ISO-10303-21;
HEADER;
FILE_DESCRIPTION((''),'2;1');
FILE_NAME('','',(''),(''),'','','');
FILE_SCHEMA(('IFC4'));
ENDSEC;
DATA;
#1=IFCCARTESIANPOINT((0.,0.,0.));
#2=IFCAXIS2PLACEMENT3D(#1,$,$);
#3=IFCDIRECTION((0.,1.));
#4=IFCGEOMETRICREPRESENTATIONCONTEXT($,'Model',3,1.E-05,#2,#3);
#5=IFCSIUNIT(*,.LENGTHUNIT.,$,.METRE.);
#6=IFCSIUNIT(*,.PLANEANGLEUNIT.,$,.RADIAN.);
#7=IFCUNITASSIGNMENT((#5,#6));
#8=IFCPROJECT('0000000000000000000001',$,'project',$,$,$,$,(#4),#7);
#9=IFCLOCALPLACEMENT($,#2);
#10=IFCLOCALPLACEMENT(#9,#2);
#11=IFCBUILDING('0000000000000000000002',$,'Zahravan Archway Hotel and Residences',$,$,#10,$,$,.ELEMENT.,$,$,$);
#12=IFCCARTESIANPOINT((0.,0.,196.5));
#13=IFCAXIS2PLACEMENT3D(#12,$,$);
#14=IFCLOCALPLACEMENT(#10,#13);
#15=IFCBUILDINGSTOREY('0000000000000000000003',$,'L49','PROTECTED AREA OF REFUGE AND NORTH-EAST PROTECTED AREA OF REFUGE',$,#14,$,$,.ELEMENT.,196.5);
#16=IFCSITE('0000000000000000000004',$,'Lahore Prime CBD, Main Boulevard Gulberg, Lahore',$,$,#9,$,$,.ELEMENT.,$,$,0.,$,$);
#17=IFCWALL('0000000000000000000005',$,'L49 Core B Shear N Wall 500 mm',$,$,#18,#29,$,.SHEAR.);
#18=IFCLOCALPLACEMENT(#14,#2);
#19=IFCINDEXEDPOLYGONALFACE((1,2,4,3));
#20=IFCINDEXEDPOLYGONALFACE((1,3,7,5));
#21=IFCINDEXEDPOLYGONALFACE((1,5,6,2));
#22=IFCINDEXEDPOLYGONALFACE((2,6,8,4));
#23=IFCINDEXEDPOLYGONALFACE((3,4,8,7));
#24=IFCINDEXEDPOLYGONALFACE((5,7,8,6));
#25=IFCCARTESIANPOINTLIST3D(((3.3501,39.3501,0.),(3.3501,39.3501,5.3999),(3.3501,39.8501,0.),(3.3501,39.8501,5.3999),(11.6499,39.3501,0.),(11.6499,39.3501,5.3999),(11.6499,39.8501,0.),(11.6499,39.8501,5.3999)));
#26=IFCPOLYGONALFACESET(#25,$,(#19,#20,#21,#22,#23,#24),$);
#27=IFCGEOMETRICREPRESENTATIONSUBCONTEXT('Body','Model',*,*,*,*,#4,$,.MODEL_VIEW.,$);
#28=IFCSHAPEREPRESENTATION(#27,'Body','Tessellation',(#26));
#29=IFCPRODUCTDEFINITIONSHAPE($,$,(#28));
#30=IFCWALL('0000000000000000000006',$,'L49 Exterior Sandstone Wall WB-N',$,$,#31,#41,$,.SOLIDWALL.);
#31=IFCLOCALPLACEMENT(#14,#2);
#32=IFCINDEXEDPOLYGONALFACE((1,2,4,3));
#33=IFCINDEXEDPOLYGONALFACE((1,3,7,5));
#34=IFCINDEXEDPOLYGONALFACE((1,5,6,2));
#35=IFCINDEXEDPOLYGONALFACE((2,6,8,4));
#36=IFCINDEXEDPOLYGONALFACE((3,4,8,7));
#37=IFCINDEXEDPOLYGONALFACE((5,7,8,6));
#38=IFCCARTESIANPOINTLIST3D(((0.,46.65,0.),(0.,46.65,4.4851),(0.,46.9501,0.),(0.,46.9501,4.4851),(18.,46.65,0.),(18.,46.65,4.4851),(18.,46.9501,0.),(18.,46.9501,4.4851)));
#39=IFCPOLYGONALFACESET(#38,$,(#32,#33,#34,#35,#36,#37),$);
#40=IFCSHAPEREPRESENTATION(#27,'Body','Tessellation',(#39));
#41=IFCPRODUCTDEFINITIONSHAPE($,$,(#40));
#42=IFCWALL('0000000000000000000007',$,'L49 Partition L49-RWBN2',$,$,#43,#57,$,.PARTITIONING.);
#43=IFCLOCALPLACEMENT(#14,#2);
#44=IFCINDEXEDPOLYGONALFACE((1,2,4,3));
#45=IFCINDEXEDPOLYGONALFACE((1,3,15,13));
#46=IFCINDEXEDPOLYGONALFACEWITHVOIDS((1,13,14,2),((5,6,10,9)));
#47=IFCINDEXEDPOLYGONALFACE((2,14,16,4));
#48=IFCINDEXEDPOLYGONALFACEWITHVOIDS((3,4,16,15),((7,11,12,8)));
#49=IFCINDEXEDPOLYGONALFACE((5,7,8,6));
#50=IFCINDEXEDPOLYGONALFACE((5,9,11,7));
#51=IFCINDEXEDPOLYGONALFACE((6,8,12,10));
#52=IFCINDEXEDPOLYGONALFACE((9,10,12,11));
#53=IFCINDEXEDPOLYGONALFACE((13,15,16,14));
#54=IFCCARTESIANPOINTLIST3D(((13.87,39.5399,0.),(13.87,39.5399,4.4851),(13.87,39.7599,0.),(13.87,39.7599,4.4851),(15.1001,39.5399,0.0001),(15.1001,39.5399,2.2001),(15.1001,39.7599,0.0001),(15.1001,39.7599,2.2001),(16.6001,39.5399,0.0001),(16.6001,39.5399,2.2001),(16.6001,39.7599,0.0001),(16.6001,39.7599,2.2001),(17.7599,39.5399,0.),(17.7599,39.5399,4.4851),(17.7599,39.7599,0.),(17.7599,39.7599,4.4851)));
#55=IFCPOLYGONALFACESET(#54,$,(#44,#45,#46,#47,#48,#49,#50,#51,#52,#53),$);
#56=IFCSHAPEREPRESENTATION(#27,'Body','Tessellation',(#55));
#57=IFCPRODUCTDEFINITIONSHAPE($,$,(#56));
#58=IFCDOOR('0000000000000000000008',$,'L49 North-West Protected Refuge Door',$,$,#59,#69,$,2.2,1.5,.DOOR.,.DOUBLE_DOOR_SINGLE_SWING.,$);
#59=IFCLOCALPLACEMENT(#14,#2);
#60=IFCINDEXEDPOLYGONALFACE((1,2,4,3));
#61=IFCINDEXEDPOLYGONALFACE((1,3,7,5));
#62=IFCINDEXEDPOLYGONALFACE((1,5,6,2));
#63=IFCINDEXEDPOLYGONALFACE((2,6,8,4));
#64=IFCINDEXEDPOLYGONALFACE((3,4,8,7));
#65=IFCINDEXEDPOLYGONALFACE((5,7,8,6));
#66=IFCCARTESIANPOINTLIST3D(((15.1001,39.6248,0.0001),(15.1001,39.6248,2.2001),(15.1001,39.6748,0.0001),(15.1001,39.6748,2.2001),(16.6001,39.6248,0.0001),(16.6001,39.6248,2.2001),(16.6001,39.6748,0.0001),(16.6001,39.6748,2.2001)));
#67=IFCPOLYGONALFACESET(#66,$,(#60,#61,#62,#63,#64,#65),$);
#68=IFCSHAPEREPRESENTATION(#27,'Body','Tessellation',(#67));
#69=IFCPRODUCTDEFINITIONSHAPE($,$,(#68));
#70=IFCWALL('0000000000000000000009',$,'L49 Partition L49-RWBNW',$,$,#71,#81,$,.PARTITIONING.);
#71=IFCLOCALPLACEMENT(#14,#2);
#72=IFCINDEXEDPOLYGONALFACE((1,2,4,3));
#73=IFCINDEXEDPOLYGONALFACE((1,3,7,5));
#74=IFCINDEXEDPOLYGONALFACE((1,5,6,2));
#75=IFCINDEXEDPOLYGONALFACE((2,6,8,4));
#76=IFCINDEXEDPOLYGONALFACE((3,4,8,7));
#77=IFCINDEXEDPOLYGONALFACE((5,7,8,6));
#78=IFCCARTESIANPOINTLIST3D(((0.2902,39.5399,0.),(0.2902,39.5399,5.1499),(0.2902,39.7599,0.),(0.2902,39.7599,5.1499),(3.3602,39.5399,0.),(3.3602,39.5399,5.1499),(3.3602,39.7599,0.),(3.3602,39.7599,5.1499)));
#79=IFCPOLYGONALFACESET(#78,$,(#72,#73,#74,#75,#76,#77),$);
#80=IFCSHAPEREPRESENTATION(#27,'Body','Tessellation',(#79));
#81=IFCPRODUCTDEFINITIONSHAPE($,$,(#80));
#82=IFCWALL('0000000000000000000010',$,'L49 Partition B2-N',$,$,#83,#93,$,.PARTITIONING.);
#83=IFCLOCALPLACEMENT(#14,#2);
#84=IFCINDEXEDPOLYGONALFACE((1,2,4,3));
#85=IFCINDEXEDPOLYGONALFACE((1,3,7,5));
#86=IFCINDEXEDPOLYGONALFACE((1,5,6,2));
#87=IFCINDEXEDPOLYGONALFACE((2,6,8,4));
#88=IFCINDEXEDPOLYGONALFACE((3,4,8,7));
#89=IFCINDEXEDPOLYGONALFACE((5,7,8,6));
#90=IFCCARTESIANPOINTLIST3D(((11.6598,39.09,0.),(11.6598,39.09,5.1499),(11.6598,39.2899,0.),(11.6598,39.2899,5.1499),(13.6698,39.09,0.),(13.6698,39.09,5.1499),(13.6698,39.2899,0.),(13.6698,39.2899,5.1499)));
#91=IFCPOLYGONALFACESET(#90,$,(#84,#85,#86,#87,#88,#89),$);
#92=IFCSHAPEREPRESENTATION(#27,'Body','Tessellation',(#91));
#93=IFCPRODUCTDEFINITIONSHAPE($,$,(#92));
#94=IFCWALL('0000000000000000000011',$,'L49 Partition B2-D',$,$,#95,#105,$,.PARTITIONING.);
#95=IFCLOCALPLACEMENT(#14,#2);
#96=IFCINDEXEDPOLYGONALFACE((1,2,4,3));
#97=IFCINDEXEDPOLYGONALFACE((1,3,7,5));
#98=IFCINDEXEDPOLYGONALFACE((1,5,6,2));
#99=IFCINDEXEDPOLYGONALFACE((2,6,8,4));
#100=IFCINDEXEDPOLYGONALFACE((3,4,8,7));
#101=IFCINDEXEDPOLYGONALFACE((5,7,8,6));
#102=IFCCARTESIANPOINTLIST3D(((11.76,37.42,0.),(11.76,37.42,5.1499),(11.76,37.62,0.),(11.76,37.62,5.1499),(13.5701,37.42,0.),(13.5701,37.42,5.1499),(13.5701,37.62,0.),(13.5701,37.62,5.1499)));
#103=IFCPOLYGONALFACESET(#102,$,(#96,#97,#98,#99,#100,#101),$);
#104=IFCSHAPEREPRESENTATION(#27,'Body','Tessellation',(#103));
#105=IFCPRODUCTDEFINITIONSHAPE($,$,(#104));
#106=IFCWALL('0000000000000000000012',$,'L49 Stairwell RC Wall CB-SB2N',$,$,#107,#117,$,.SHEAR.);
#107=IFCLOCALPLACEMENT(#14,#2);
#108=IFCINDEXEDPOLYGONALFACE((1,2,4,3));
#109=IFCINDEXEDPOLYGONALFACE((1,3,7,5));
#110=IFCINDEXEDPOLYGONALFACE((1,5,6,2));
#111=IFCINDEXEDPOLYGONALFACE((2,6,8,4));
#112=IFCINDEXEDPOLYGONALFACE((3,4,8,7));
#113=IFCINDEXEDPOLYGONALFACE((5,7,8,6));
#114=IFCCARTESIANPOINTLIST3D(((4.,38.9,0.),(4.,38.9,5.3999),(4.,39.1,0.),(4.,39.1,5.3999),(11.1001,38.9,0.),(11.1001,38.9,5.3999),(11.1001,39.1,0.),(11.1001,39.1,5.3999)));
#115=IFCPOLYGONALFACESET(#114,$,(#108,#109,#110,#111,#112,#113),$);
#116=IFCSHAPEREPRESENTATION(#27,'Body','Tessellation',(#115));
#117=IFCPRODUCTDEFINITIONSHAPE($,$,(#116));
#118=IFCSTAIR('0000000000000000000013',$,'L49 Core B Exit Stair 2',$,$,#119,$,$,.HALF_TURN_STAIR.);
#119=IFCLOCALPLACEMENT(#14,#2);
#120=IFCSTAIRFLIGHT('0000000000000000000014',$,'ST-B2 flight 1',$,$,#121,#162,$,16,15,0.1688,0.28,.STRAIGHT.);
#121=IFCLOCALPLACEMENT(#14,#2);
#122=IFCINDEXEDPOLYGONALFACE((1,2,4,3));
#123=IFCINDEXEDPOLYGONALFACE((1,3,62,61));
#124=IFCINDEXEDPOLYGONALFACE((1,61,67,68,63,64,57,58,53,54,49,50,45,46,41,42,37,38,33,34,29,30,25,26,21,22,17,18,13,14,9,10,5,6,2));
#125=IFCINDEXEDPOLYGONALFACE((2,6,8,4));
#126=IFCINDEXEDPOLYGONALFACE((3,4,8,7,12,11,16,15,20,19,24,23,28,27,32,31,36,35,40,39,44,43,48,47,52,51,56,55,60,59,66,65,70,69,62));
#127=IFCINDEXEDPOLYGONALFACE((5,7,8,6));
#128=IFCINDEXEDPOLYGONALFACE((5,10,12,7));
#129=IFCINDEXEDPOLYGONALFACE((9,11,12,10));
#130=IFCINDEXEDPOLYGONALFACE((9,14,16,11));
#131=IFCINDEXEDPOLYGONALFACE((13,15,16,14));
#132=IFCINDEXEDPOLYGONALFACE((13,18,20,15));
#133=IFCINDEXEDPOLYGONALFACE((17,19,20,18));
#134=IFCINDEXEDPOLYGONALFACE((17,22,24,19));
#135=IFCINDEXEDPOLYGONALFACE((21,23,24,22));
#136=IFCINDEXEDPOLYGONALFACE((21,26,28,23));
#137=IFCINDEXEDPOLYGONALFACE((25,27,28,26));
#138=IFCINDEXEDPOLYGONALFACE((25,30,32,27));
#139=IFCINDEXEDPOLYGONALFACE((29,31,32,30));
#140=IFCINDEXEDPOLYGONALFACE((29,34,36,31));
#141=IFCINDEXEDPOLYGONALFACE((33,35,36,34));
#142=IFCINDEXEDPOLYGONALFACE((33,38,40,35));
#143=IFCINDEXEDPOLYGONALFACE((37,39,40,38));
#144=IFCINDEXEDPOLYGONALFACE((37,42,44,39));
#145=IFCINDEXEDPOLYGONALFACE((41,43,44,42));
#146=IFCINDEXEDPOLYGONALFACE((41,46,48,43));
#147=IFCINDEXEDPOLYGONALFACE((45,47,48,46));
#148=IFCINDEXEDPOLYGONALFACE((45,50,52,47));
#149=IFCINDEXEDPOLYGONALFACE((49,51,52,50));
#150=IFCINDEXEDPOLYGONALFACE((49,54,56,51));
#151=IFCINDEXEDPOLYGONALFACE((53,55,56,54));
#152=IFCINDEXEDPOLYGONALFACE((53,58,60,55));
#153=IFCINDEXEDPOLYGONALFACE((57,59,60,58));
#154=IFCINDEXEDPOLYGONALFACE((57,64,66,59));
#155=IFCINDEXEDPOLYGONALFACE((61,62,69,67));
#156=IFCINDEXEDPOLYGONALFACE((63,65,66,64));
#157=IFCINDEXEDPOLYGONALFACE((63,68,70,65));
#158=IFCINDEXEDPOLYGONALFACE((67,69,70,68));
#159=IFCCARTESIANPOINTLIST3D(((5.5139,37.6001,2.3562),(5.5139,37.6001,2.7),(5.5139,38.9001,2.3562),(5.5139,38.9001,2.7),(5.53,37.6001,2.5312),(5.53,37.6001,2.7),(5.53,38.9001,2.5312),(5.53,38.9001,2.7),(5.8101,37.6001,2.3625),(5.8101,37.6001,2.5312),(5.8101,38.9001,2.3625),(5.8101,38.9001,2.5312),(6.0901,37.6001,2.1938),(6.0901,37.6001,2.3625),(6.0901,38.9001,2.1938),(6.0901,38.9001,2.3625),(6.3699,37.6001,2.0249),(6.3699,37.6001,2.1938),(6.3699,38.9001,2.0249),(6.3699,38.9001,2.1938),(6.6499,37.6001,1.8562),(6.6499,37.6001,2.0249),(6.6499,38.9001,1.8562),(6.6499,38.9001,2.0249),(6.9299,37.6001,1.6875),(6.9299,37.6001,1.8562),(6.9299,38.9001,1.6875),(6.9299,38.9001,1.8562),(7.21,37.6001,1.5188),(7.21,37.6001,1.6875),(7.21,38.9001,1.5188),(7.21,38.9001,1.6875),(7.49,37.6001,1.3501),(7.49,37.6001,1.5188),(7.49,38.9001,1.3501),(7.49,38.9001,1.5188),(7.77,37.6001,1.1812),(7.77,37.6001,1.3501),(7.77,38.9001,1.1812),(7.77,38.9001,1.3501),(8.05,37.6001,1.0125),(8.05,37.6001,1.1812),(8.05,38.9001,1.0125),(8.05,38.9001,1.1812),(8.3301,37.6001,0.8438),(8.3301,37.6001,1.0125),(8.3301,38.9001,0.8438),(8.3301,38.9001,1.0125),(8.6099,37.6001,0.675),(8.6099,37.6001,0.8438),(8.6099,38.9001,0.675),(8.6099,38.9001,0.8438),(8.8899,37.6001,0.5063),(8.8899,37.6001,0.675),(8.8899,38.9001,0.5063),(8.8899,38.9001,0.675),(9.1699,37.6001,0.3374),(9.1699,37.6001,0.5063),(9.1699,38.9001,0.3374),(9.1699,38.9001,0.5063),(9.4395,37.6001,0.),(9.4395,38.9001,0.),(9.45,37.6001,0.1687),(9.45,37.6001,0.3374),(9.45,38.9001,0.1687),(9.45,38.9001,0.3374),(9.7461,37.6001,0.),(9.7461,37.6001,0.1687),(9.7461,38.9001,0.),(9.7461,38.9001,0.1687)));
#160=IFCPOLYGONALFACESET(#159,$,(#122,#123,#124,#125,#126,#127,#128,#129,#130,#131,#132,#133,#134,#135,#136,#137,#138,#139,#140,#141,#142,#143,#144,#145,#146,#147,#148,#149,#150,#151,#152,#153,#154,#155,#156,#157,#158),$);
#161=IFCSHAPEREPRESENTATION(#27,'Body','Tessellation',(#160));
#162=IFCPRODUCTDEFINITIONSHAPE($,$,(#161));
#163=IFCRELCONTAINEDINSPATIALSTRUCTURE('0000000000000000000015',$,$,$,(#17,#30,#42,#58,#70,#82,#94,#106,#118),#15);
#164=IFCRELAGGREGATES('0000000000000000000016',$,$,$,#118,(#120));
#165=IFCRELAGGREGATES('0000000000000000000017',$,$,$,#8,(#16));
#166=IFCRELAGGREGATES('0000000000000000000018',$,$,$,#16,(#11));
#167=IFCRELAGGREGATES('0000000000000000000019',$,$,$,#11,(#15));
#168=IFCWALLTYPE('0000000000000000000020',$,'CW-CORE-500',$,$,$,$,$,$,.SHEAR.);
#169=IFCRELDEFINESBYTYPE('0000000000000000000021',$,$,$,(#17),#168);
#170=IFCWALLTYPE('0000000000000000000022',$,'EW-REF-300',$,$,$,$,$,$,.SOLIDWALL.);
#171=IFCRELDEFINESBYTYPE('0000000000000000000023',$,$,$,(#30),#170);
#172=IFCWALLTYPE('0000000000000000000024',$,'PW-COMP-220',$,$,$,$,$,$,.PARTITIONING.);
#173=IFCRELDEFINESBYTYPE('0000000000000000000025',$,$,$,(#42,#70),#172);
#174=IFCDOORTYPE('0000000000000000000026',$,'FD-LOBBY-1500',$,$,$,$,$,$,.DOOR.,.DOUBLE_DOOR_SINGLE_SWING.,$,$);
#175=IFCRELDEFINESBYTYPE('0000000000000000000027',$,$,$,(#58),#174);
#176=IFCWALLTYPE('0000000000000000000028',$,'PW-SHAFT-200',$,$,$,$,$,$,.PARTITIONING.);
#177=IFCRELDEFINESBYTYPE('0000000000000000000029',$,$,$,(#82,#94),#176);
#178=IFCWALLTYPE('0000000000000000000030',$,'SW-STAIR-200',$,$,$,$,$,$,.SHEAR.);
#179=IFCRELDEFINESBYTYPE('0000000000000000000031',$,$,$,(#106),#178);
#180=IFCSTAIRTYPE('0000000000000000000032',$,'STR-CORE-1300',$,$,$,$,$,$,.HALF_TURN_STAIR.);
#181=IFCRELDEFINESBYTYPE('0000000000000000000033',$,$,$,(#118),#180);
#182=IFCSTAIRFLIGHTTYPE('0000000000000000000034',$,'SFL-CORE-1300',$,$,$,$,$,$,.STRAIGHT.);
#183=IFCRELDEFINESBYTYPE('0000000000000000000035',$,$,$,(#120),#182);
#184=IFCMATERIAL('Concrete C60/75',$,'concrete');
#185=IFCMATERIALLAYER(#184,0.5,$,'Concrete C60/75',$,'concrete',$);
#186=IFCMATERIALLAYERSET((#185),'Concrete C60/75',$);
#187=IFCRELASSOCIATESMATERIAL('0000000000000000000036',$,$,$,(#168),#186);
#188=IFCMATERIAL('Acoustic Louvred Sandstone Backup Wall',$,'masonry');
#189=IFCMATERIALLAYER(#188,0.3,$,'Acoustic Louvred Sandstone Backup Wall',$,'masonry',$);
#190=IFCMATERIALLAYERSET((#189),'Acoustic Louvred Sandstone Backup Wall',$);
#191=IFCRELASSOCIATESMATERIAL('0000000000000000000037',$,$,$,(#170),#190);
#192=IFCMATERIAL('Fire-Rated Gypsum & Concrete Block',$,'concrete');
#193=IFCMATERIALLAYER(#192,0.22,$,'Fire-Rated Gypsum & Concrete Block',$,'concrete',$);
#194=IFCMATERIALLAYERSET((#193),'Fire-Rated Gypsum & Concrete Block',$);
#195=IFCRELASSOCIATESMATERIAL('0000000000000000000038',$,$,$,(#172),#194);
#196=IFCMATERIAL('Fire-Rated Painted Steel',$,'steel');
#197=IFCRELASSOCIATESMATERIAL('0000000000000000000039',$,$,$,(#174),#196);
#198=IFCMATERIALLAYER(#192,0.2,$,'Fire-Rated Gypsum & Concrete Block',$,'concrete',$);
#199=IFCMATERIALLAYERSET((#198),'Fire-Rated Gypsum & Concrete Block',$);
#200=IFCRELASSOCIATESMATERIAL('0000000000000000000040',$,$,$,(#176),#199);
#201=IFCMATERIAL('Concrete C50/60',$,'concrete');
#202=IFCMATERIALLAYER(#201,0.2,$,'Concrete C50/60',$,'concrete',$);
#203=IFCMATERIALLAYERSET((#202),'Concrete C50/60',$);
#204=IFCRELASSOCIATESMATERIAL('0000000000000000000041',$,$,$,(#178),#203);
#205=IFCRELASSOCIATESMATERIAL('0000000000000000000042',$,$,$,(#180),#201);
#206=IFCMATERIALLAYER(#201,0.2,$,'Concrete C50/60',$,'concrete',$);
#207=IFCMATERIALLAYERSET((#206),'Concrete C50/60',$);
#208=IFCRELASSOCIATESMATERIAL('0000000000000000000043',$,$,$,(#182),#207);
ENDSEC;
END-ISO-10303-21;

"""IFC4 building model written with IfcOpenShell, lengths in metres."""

from ifc_helpers import new_model, si_unit, direction, frame, frame_2d, origin, place, context, subcontext, project, spatial, polyline, rectangle, outline, extrude, source, transform, mapped, material, layer, layer_set, type_object, type_shapes, element, fill, aggregate, save


model = new_model("IFC4")

# Units and contexts
model_context = context("Model", 3, precision=1e-05, world=origin(), true_north=direction((0.0, 1.0)))
body_context = subcontext(model_context, "Body", "Model", "MODEL_VIEW")
ifc_project = project(units=[si_unit("LENGTHUNIT", "METRE"), si_unit("PLANEANGLEUNIT", "RADIAN")], contexts=[model_context])

# Site, building, storey
site_placement = place(None, origin())
site = spatial("IfcSite", under=ifc_project, at=site_placement, Name="Lahore Prime CBD, Main Boulevard Gulberg, Lahore", CompositionType="ELEMENT", RefElevation=0.0)
building_placement = place(site_placement, origin())
building = spatial("IfcBuilding", under=site, at=building_placement, Name="Zahravan Archway Hotel and Residences", CompositionType="ELEMENT")
storey_placement = place(building_placement, frame((0.0, 0.0, 196.5)))
storey = spatial("IfcBuildingStorey", under=building, at=storey_placement, Name="L49", Description="PROTECTED AREA OF REFUGE AND NORTH-EAST PROTECTED AREA OF REFUGE", CompositionType="ELEMENT", Elevation=196.5)

# Shared definitions
ifc_material_1 = material(Name="Concrete C60/75", Category="concrete")

# Walls
ifc_layer_1 = layer(ifc_material_1, 0.5, Name="Concrete C60/75", Category="concrete")
ifc_layer_set_1 = layer_set([ifc_layer_1], Name="Concrete C60/75")
wall_type_1 = type_object("IfcWallType", Name="CW-CORE-500", PredefinedType="SHEAR", material=ifc_layer_set_1)
wall_1_placement = place(storey_placement, frame((3.3501, 39.6001, 0.0), z_axis=(0.0, 0.0, 1.0), x_axis=(1.0, 0.0, 0.0)))
element("IfcWall", 1, at=wall_1_placement, inside=storey, type_object=wall_type_1, Name="L49 Core B Shear N Wall 500 mm", PredefinedType="SHEAR", context=body_context, shape_type="SweptSolid", body=[
    extrude(rectangle(XDim=8.2998, YDim=0.5, at=frame_2d((4.1499, 0.0))), origin(), (0.0, 0.0, 1.0), 5.3999),
])
ifc_material_2 = material(Name="Acoustic Louvred Sandstone Backup Wall", Category="masonry")
ifc_layer_2 = layer(ifc_material_2, 0.3, Name="Acoustic Louvred Sandstone Backup Wall", Category="masonry")
ifc_layer_set_2 = layer_set([ifc_layer_2], Name="Acoustic Louvred Sandstone Backup Wall")
wall_type_2 = type_object("IfcWallType", Name="EW-REF-300", PredefinedType="SOLIDWALL", material=ifc_layer_set_2)
wall_2_placement = place(storey_placement, frame((0.0, 46.8, 0.0), z_axis=(0.0, 0.0, 1.0), x_axis=(1.0, 0.0, 0.0)))
element("IfcWall", 2, at=wall_2_placement, inside=storey, type_object=wall_type_2, Name="L49 Exterior Sandstone Wall WB-N", PredefinedType="SOLIDWALL", context=body_context, shape_type="SweptSolid", body=[
    extrude(rectangle(XDim=18.0, YDim=0.3, at=frame_2d((9.0, 0.0))), origin(), (0.0, 0.0, 1.0), 4.4851),
])

# Wall, opening, door
ifc_material_3 = material(Name="Fire-Rated Gypsum & Concrete Block", Category="concrete")
ifc_layer_3 = layer(ifc_material_3, 0.22, Name="Fire-Rated Gypsum & Concrete Block", Category="concrete")
ifc_layer_set_3 = layer_set([ifc_layer_3], Name="Fire-Rated Gypsum & Concrete Block")
wall_type_3 = type_object("IfcWallType", Name="PW-COMP-220", PredefinedType="PARTITIONING", material=ifc_layer_set_3)
wall_3_placement = place(storey_placement, frame((13.8701, 39.6499, 0.0), z_axis=(0.0, 0.0, 1.0), x_axis=(1.0, 0.0, 0.0)))
wall_3 = element("IfcWall", 3, at=wall_3_placement, inside=storey, type_object=wall_type_3, Name="L49 Partition L49-RWBN2", PredefinedType="PARTITIONING", context=body_context, shape_type="SweptSolid", body=[
    extrude(rectangle(XDim=3.8899, YDim=0.22, at=frame_2d((1.9448, 0.0))), origin(), (0.0, 0.0, 1.0), 4.4851),
])
opening_placement = place(wall_3_placement, frame((1.23, 0.0, 0.0)))
opening = element("IfcOpeningElement", 4, at=opening_placement, cuts=wall_3, PredefinedType="OPENING", context=body_context, shape_type="SweptSolid", body=[
    extrude(rectangle(XDim=1.5, YDim=2.2, at=frame_2d((0.75, 1.1001))), frame((0.0, 0.1201, 0.0), z_axis=(0.0, -1.0, 0.0), x_axis=(1.0, 0.0, 0.0)), (0.0, 0.0, 1.0), 0.24),
])
ifc_material_4 = material(Name="Fire-Rated Painted Steel", Category="steel")
door_type = type_object("IfcDoorType", Name="FD-LOBBY-1500", OperationType="DOUBLE_DOOR_SINGLE_SWING", PredefinedType="DOOR", material=ifc_material_4)
shared_shape_1 = source(origin(), body_context, "Body", "SweptSolid", [
    extrude(rectangle(XDim=1.5, YDim=2.2, at=frame_2d((0.75, 1.1001))), frame((0.0, 0.0249, 0.0), z_axis=(0.0, -1.0, 0.0), x_axis=(1.0, 0.0, 0.0)), (0.0, 0.0, 1.0), 0.05),
])
type_shapes(door_type, [shared_shape_1])
door_placement = place(opening_placement, origin())
door = element("IfcDoor", 5, at=door_placement, inside=storey, type_object=door_type, Name="L49 North-West Protected Refuge Door", OperationType="DOUBLE_DOOR_SINGLE_SWING", OverallHeight=2.2, OverallWidth=1.5, PredefinedType="DOOR", context=body_context, shape_type="MappedRepresentation", body=[
    mapped(shared_shape_1, transform((0.0, 0.0, 0.0), scale=1.0)),
])
fill(opening, door)

# Walls
wall_4_placement = place(storey_placement, frame((0.29, 39.6499, 0.0), z_axis=(0.0, 0.0, 1.0), x_axis=(1.0, 0.0, 0.0)))
element("IfcWall", 6, at=wall_4_placement, inside=storey, type_object=wall_type_3, Name="L49 Partition L49-RWBNW", PredefinedType="PARTITIONING", context=body_context, shape_type="SweptSolid", body=[
    extrude(rectangle(XDim=3.0701, YDim=0.22, at=frame_2d((1.5352, 0.0))), origin(), (0.0, 0.0, 1.0), 5.1499),
])
ifc_layer_4 = layer(ifc_material_3, 0.2, Name="Fire-Rated Gypsum & Concrete Block", Category="concrete")
ifc_layer_set_4 = layer_set([ifc_layer_4], Name="Fire-Rated Gypsum & Concrete Block")
wall_type_4 = type_object("IfcWallType", Name="PW-SHAFT-200", PredefinedType="PARTITIONING", material=ifc_layer_set_4)
wall_5_placement = place(storey_placement, frame((11.6599, 39.1899, 0.0), z_axis=(0.0, 0.0, 1.0), x_axis=(1.0, 0.0, 0.0)))
element("IfcWall", 7, at=wall_5_placement, inside=storey, type_object=wall_type_4, Name="L49 Partition B2-N", PredefinedType="PARTITIONING", context=body_context, shape_type="SweptSolid", body=[
    extrude(rectangle(XDim=2.01, YDim=0.2, at=frame_2d((1.0049, 0.0))), origin(), (0.0, 0.0, 1.0), 5.1499),
])
wall_6_placement = place(storey_placement, frame((11.76, 37.52, 0.0), z_axis=(0.0, 0.0, 1.0), x_axis=(1.0, 0.0, 0.0)))
element("IfcWall", 8, at=wall_6_placement, inside=storey, type_object=wall_type_4, Name="L49 Partition B2-D", PredefinedType="PARTITIONING", context=body_context, shape_type="SweptSolid", body=[
    extrude(rectangle(XDim=1.8101, YDim=0.2, at=frame_2d((0.905, 0.0))), origin(), (0.0, 0.0, 1.0), 5.1499),
])
ifc_material_5 = material(Name="Concrete C50/60", Category="concrete")
ifc_layer_5 = layer(ifc_material_5, 0.2, Name="Concrete C50/60", Category="concrete")
ifc_layer_set_5 = layer_set([ifc_layer_5], Name="Concrete C50/60")
wall_type_5 = type_object("IfcWallType", Name="SW-STAIR-200", PredefinedType="SHEAR", material=ifc_layer_set_5)
wall_7_placement = place(storey_placement, frame((4.0, 39.0, 0.0), z_axis=(0.0, 0.0, 1.0), x_axis=(1.0, 0.0, 0.0)))
element("IfcWall", 9, at=wall_7_placement, inside=storey, type_object=wall_type_5, Name="L49 Stairwell RC Wall CB-SB2N", PredefinedType="SHEAR", context=body_context, shape_type="SweptSolid", body=[
    extrude(rectangle(XDim=7.1001, YDim=0.2, at=frame_2d((3.55, 0.0))), origin(), (0.0, 0.0, 1.0), 5.3999),
])

# Stair, stair flight
stair_type = type_object("IfcStairType", Name="STR-CORE-1300", PredefinedType="HALF_TURN_STAIR", material=ifc_material_5)
stair_placement = place(storey_placement, origin())
stair = element("IfcStair", 10, at=stair_placement, inside=storey, type_object=stair_type, Name="L49 Core B Exit Stair 2", PredefinedType="HALF_TURN_STAIR")
ifc_layer_6 = layer(ifc_material_5, 0.2, Name="Concrete C50/60", Category="concrete")
ifc_layer_set_6 = layer_set([ifc_layer_6], Name="Concrete C50/60")
stair_flight_type = type_object("IfcStairFlightType", Name="SFL-CORE-1300", PredefinedType="STRAIGHT", material=ifc_layer_set_6)
shared_shape_2 = source(origin(), body_context, "Body", "SweptSolid", [
    extrude(outline(polyline([(-0.0161, 0.0), (-0.0161, 0.1687), (0.28, 0.1687), (0.28, 0.3374), (0.5601, 0.3374), (0.5601, 0.5063), (0.8401, 0.5063), (0.8401, 0.675), (1.1201, 0.675), (1.1201, 0.8438), (1.3999, 0.8438), (1.3999, 1.0125), (1.6799, 1.0125), (1.6799, 1.1812), (1.96, 1.1812), (1.96, 1.3501), (2.24, 1.3501), (2.24, 1.5188), (2.52, 1.5188), (2.52, 1.6875), (2.8, 1.6875), (2.8, 1.8562), (3.0801, 1.8562), (3.0801, 2.0249), (3.3601, 2.0249), (3.3601, 2.1938), (3.6399, 2.1938), (3.6399, 2.3625), (3.9199, 2.3625), (3.9199, 2.5312), (4.2, 2.5312), (4.2, 2.7), (4.2161, 2.7), (4.2161, 2.3562), (0.2905, 0.0), (-0.0161, 0.0)])), frame((0.0, 0.6499, 0.0), z_axis=(0.0, -1.0, 0.0), x_axis=(1.0, 0.0, 0.0)), (0.0, 0.0, 1.0), 1.3),
])
stair_flight_placement = place(storey_placement, frame((9.73, 38.25, 0.0), z_axis=(0.0, 0.0, 1.0), x_axis=(-1.0, 0.0, 0.0)))
stair_flight = element("IfcStairFlight", 11, at=stair_flight_placement, type_object=stair_flight_type, Name="ST-B2 flight 1", NumberOfRisers=16, NumberOfTreads=15, PredefinedType="STRAIGHT", RiserHeight=0.1688, TreadLength=0.28, context=body_context, shape_type="MappedRepresentation", body=[
    mapped(shared_shape_2, transform((0.0, 0.0, 0.0), scale=1.0)),
])
aggregate(stair, [stair_flight])

save(model, "model.ifc")
